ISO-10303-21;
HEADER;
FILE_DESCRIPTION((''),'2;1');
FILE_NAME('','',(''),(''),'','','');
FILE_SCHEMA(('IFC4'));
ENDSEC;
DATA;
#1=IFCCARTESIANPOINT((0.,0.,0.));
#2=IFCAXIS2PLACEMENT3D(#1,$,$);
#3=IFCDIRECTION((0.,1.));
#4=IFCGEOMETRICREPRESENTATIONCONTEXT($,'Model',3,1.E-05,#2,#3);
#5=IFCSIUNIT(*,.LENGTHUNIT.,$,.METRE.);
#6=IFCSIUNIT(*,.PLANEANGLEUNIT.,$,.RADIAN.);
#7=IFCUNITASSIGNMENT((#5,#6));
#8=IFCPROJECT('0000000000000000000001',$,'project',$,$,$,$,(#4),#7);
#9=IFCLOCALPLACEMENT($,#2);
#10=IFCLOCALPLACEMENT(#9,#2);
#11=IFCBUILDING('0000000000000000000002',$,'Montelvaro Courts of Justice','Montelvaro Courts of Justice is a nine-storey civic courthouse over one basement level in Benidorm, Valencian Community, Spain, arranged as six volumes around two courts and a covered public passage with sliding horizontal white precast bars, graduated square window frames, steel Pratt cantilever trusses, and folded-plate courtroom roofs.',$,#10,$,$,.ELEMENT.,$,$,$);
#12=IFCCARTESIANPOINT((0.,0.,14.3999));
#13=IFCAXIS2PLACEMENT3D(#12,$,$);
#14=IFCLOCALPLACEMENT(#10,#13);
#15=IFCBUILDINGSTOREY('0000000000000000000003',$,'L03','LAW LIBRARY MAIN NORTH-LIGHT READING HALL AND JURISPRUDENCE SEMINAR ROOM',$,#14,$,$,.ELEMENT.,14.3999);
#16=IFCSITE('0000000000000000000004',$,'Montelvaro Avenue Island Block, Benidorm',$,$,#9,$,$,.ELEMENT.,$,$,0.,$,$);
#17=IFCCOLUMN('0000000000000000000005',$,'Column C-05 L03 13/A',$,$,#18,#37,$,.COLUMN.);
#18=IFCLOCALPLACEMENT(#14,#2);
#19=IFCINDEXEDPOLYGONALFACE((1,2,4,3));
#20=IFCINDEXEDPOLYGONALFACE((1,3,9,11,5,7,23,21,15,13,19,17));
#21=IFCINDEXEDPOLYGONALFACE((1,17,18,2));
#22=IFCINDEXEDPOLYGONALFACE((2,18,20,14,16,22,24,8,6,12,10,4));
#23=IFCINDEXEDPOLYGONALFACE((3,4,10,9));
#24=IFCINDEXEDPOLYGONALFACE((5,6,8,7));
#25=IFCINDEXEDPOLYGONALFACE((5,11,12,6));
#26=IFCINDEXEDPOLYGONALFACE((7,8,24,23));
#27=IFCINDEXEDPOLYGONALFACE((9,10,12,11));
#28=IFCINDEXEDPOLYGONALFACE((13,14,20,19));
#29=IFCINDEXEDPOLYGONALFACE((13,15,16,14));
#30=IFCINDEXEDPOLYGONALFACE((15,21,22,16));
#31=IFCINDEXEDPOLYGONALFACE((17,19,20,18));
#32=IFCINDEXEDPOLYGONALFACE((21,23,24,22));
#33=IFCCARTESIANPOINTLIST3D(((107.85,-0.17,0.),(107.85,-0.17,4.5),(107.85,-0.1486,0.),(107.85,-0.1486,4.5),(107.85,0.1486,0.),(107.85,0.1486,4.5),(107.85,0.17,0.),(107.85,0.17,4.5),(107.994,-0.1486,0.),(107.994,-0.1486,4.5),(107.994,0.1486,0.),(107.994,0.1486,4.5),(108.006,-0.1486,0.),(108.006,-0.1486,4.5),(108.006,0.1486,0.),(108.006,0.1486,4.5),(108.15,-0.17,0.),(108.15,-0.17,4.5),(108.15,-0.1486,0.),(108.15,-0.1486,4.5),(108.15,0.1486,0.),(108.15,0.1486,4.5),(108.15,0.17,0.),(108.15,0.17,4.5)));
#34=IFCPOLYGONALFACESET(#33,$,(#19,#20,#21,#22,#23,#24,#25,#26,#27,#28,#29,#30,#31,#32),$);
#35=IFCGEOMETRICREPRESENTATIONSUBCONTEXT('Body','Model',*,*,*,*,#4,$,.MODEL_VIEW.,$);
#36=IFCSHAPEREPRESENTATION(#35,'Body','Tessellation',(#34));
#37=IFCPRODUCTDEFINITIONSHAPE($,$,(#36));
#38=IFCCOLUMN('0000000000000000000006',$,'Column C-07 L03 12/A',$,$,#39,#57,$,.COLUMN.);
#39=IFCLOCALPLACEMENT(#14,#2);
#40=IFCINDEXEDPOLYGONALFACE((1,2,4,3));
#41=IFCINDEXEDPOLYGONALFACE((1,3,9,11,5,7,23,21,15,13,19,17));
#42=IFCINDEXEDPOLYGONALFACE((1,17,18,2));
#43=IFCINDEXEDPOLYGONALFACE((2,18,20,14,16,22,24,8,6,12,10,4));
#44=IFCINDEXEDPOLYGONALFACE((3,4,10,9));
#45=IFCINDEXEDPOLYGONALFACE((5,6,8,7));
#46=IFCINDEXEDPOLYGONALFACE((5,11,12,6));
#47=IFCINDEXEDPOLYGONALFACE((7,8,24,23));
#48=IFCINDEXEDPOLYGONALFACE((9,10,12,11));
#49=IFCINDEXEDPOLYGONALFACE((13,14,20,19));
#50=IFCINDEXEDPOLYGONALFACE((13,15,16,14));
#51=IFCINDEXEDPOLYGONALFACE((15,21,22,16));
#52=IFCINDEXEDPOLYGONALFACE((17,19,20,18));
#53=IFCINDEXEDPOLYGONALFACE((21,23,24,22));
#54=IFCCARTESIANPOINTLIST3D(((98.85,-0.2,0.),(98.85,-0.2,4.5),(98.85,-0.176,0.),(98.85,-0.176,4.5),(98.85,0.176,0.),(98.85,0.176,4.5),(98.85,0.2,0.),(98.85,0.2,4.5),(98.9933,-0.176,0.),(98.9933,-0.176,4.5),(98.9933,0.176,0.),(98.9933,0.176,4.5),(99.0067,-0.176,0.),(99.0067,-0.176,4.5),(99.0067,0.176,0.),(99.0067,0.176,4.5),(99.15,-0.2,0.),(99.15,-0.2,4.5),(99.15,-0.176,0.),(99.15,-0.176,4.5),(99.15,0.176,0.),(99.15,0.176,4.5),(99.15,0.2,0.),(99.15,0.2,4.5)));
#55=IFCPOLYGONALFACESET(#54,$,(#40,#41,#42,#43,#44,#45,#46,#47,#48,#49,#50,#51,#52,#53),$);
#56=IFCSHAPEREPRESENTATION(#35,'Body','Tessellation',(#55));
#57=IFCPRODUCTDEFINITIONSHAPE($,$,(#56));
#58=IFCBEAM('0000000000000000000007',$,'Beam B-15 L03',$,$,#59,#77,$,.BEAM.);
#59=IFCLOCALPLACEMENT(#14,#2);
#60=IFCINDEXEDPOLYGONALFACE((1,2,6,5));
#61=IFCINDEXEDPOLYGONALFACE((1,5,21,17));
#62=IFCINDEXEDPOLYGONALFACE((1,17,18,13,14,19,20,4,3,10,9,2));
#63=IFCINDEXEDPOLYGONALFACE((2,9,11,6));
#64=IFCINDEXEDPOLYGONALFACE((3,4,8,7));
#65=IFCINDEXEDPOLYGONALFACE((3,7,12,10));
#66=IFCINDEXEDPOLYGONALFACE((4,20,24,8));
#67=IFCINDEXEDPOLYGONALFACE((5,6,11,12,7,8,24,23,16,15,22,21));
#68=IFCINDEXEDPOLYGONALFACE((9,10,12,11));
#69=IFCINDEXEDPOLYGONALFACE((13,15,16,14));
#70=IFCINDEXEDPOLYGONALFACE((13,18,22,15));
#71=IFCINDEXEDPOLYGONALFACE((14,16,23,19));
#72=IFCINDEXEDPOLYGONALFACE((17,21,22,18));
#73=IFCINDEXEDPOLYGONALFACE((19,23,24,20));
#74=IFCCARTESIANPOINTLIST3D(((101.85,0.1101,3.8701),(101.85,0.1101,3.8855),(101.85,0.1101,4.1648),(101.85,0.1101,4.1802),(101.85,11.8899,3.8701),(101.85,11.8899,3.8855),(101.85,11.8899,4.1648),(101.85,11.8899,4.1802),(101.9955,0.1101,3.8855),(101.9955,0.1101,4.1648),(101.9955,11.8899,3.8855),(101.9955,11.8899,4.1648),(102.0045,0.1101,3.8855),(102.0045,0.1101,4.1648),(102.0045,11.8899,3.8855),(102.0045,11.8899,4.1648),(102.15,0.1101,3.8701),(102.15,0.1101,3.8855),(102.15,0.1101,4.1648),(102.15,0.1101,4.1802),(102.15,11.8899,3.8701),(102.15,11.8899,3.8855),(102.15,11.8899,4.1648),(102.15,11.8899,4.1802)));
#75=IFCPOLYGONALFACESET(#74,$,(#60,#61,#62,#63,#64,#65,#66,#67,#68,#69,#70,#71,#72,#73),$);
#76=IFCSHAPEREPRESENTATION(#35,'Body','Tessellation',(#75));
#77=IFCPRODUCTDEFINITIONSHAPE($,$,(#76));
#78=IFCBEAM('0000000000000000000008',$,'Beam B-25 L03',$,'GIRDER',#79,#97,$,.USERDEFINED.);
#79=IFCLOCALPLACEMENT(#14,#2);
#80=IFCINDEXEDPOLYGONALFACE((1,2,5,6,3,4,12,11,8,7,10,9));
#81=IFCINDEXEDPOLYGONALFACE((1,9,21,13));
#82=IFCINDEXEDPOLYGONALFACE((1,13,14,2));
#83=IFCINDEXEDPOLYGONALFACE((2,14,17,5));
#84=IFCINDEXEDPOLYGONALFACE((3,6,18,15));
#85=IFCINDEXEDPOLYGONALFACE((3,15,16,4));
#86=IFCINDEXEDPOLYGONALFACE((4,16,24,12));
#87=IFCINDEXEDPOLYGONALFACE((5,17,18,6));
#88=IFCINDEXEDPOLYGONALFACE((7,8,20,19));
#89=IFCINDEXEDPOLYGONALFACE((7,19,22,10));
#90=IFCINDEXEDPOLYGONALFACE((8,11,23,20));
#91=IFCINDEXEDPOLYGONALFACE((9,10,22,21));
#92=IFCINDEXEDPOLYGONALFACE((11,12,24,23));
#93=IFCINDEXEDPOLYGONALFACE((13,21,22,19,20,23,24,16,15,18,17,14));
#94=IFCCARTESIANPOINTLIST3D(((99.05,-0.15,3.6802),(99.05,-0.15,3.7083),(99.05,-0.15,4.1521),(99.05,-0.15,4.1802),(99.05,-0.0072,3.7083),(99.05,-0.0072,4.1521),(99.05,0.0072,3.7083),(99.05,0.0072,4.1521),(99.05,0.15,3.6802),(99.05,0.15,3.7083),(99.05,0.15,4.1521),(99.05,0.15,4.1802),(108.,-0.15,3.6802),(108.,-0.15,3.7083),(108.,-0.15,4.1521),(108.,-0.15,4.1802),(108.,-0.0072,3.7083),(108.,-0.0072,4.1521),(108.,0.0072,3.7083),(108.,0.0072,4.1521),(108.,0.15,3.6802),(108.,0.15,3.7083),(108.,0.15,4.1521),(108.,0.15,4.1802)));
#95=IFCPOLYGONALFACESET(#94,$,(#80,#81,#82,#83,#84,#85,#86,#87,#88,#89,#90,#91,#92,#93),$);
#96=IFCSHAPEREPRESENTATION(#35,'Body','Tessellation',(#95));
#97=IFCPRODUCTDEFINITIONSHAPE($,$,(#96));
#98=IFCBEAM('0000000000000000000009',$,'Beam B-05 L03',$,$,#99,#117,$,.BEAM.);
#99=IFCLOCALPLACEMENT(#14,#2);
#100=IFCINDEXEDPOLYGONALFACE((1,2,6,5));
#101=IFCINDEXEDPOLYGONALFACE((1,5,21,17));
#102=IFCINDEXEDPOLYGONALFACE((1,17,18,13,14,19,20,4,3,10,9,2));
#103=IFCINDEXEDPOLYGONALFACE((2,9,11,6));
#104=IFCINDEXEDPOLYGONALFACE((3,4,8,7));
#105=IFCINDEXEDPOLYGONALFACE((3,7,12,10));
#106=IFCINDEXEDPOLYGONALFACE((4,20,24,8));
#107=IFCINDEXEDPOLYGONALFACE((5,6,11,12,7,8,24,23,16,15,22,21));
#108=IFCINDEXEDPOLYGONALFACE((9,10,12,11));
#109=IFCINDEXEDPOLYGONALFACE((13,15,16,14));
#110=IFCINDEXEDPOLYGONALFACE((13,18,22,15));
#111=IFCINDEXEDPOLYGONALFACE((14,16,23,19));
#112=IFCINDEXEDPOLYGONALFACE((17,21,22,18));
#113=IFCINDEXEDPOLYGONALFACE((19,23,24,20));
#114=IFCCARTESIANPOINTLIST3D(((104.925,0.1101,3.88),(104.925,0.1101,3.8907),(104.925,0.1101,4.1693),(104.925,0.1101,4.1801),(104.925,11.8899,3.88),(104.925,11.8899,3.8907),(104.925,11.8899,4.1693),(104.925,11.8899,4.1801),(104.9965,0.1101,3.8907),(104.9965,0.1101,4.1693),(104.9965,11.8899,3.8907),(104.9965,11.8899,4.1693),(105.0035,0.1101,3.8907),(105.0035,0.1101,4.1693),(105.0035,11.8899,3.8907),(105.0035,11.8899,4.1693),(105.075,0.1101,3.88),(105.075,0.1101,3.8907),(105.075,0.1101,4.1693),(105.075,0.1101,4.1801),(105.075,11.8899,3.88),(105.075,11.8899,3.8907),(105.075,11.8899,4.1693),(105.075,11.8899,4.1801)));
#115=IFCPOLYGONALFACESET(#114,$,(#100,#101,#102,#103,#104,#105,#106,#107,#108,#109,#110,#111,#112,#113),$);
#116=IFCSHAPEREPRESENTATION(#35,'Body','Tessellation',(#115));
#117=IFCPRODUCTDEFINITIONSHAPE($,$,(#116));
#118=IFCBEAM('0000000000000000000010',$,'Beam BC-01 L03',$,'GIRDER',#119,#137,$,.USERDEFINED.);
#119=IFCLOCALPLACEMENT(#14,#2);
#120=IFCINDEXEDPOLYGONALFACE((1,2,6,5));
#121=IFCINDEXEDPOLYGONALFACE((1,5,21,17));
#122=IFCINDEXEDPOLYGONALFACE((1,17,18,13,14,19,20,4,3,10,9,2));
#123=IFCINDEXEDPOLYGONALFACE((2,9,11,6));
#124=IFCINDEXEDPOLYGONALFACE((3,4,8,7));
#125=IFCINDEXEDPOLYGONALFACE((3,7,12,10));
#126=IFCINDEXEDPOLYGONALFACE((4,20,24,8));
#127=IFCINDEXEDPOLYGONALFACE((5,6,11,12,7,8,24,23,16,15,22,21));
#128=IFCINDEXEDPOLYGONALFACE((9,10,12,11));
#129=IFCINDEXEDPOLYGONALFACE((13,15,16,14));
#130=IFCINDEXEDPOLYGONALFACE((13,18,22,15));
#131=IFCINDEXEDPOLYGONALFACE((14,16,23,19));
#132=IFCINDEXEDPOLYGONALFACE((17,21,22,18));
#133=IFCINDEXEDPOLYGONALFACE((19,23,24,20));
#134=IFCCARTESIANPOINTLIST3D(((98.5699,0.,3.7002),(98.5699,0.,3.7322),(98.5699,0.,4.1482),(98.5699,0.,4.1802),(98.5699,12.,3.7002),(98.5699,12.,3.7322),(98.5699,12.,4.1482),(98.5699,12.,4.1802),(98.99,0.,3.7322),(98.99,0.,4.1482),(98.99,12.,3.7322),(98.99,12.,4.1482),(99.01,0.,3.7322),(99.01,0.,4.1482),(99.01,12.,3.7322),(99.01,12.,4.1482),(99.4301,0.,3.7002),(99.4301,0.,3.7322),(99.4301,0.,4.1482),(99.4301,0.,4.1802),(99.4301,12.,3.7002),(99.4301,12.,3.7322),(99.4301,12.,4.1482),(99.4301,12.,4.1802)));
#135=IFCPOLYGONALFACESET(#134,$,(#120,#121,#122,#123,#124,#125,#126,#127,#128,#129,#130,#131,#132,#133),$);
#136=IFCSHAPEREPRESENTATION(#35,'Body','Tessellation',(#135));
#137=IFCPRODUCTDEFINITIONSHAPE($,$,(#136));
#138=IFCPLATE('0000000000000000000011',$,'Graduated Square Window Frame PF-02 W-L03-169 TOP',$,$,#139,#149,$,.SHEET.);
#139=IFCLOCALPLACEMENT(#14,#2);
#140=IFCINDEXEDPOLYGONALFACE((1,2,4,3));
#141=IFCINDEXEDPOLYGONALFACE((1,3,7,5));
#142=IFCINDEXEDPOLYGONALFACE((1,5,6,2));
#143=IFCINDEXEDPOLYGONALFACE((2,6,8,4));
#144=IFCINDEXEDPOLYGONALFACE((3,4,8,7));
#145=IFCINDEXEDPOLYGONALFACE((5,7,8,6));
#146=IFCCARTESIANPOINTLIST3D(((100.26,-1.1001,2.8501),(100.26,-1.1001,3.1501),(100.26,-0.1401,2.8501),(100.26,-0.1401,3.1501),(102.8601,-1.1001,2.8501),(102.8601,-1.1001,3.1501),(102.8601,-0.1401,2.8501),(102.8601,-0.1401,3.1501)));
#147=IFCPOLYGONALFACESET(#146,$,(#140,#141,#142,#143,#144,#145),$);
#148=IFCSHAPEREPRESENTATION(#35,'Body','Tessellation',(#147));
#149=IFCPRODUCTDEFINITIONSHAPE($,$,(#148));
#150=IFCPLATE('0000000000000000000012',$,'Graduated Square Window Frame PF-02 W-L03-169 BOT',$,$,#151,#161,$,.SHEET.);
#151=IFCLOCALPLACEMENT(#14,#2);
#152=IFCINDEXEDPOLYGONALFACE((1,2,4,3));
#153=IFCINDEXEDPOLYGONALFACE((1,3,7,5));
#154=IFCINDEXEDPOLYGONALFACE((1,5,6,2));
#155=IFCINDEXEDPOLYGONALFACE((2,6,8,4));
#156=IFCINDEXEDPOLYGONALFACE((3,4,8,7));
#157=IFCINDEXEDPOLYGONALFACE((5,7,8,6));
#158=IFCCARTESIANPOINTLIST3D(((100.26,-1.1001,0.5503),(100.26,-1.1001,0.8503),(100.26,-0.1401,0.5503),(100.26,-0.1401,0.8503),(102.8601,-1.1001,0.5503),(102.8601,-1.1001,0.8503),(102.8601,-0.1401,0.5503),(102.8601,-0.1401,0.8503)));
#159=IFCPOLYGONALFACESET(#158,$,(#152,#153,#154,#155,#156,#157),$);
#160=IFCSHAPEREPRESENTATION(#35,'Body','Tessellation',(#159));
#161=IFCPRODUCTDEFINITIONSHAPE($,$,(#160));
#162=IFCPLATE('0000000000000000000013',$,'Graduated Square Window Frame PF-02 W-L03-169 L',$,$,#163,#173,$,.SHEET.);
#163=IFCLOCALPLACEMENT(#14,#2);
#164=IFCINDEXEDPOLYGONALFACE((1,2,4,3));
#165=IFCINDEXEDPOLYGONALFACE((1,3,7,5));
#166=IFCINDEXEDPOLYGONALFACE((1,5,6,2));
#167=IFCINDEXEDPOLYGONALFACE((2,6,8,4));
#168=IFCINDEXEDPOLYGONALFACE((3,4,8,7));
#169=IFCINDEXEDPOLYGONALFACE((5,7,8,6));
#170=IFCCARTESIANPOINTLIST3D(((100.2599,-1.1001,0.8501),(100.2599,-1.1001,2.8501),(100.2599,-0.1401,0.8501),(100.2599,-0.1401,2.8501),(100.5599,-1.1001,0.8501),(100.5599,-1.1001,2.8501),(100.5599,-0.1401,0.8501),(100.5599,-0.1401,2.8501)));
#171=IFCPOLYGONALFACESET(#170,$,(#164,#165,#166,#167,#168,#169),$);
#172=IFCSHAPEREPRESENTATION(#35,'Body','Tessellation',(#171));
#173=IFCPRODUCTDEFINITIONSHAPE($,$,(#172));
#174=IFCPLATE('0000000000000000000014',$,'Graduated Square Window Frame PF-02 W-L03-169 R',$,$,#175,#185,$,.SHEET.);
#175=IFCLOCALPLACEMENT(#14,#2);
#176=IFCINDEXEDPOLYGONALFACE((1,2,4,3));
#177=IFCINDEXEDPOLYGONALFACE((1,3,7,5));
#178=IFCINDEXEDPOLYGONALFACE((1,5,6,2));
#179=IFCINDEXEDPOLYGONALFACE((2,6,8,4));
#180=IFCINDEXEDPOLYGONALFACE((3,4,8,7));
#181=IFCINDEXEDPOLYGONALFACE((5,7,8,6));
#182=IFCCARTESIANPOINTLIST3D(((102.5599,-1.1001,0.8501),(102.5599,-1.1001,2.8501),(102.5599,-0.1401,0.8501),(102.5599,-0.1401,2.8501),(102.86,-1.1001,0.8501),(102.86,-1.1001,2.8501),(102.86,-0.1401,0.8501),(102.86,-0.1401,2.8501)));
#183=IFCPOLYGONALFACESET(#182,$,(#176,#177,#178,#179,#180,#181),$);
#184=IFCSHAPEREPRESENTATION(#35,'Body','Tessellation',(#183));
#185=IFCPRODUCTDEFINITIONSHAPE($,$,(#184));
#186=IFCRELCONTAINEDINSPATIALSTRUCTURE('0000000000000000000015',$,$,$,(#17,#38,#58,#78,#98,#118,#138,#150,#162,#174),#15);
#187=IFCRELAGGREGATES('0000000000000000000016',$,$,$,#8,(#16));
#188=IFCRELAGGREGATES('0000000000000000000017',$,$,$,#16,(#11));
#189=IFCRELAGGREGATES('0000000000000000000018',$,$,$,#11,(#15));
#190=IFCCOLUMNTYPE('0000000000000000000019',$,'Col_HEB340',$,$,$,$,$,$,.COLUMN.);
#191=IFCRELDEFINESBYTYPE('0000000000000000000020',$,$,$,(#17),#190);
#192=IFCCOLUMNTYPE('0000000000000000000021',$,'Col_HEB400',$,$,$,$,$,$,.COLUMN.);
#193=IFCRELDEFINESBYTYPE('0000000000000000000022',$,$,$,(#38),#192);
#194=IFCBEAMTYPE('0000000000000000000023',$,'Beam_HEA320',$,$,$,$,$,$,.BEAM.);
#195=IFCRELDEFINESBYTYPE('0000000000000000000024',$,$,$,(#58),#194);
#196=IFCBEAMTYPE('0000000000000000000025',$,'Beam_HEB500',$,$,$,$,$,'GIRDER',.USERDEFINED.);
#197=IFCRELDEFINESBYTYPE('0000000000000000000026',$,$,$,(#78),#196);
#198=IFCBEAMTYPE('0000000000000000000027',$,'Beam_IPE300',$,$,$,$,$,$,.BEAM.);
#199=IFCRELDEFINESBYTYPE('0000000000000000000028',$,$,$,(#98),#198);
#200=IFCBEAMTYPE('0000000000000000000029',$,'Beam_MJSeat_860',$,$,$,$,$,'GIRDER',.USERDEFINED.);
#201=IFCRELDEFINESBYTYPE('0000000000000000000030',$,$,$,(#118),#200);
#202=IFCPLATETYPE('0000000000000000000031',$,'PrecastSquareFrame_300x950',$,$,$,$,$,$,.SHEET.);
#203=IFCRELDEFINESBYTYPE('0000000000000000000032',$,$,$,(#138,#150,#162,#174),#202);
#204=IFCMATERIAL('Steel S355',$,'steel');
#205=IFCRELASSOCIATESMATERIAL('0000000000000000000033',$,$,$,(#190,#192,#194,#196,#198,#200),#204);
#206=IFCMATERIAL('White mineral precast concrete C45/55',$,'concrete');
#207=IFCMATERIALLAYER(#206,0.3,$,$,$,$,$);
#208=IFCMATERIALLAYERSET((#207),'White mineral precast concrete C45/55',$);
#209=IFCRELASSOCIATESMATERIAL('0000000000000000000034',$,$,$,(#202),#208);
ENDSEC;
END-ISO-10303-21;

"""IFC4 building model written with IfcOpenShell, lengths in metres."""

from ifc_helpers import new_model, si_unit, direction, frame, origin, origin_2d, place, context, subcontext, project, spatial, rectangle, i_section, extrude, material, layer, layer_set, material_profile, profile_set, type_object, element, save


model = new_model("IFC4")

# Units and contexts
model_context = context("Model", 3, precision=1e-05, world=origin(), true_north=direction((0.0, 1.0)))
body_context = subcontext(model_context, "Body", "Model", "MODEL_VIEW")
ifc_project = project(units=[si_unit("LENGTHUNIT", "METRE"), si_unit("PLANEANGLEUNIT", "RADIAN")], contexts=[model_context])

# Site, building, storey
site_placement = place(None, origin())
site = spatial("IfcSite", under=ifc_project, at=site_placement, Name="Montelvaro Avenue Island Block, Benidorm", CompositionType="ELEMENT", RefElevation=0.0)
building_placement = place(site_placement, origin())
building = spatial("IfcBuilding", under=site, at=building_placement, Name="Montelvaro Courts of Justice", Description="Montelvaro Courts of Justice is a nine-storey civic courthouse over one basement level in Benidorm, Valencian Community, Spain, arranged as six volumes around two courts and a covered public passage with sliding horizontal white precast bars, graduated square window frames, steel Pratt cantilever trusses, and folded-plate courtroom roofs.", CompositionType="ELEMENT")
storey_placement = place(building_placement, frame((0.0, 0.0, 14.3999)))
storey = spatial("IfcBuildingStorey", under=building, at=storey_placement, Name="L03", Description="LAW LIBRARY MAIN NORTH-LIGHT READING HALL AND JURISPRUDENCE SEMINAR ROOM", CompositionType="ELEMENT", Elevation=14.3999)

# Columns
ifc_material_1 = material(Name="Steel S355", Category="steel")
ifc_material_profile_1 = material_profile(ifc_material_1, i_section(OverallWidth=0.3, OverallDepth=0.3401, WebThickness=0.012, FlangeThickness=0.0215, at=origin_2d()), Name="HEB 340")
ifc_profile_set_1 = profile_set([ifc_material_profile_1], Name="Steel S355")
column_type_1 = type_object("IfcColumnType", Name="Col_HEB340", PredefinedType="COLUMN", material=ifc_profile_set_1)
column_1_placement = place(storey_placement, frame((108.0, 0.0, 0.0), z_axis=(0.0, 0.0, 1.0), x_axis=(1.0, 0.0, 0.0)))
element("IfcColumn", 1, at=column_1_placement, inside=storey, type_object=column_type_1, Name="Column C-05 L03 13/A", PredefinedType="COLUMN", context=body_context, shape_type="SweptSolid", body=[
    extrude(i_section(OverallWidth=0.3, OverallDepth=0.3401, WebThickness=0.012, FlangeThickness=0.0215, at=origin_2d()), origin(), (0.0, 0.0, 1.0), 4.5),
])
ifc_material_profile_2 = material_profile(ifc_material_1, i_section(OverallWidth=0.3, OverallDepth=0.3999, WebThickness=0.0134, FlangeThickness=0.0239, at=origin_2d()), Name="HEB 400")
ifc_profile_set_2 = profile_set([ifc_material_profile_2], Name="Steel S355")
column_type_2 = type_object("IfcColumnType", Name="Col_HEB400", PredefinedType="COLUMN", material=ifc_profile_set_2)
column_2_placement = place(storey_placement, frame((99.0, 0.0, 0.0), z_axis=(0.0, 0.0, 1.0), x_axis=(1.0, 0.0, 0.0)))
element("IfcColumn", 2, at=column_2_placement, inside=storey, type_object=column_type_2, Name="Column C-07 L03 12/A", PredefinedType="COLUMN", context=body_context, shape_type="SweptSolid", body=[
    extrude(i_section(OverallWidth=0.3, OverallDepth=0.3999, WebThickness=0.0134, FlangeThickness=0.0239, at=origin_2d()), origin(), (0.0, 0.0, 1.0), 4.5),
])

# Beams
ifc_material_profile_3 = material_profile(ifc_material_1, i_section(OverallWidth=0.3, OverallDepth=0.3101, WebThickness=0.009, FlangeThickness=0.0154, at=origin_2d()), Name="HEA 320")
ifc_profile_set_3 = profile_set([ifc_material_profile_3], Name="Steel S355")
beam_type_1 = type_object("IfcBeamType", Name="Beam_HEA320", PredefinedType="BEAM", material=ifc_profile_set_3)
beam_1_placement = place(storey_placement, frame((102.0, 0.1101, 4.0251), z_axis=(0.0, 1.0, 0.0), x_axis=(-1.0, 0.0, 0.0)))
element("IfcBeam", 3, at=beam_1_placement, inside=storey, type_object=beam_type_1, Name="Beam B-15 L03", PredefinedType="BEAM", context=body_context, shape_type="SweptSolid", body=[
    extrude(i_section(OverallWidth=0.3, OverallDepth=0.3101, WebThickness=0.009, FlangeThickness=0.0154, at=origin_2d()), origin(), (0.0, 0.0, 1.0), 11.7798),
])
ifc_material_profile_4 = material_profile(ifc_material_1, i_section(OverallWidth=0.3, OverallDepth=0.5, WebThickness=0.0144, FlangeThickness=0.0281, at=origin_2d()), Name="HEB 500")
ifc_profile_set_4 = profile_set([ifc_material_profile_4], Name="Steel S355")
beam_type_2 = type_object("IfcBeamType", Name="Beam_HEB500", ElementType="GIRDER", PredefinedType="USERDEFINED", material=ifc_profile_set_4)
beam_2_placement = place(storey_placement, frame((99.05, 0.0, 3.9302), z_axis=(1.0, 0.0, 0.0), x_axis=(0.0, 1.0, 0.0)))
element("IfcBeam", 4, at=beam_2_placement, inside=storey, type_object=beam_type_2, Name="Beam B-25 L03", ObjectType="GIRDER", PredefinedType="USERDEFINED", context=body_context, shape_type="SweptSolid", body=[
    extrude(i_section(OverallWidth=0.3, OverallDepth=0.5, WebThickness=0.0144, FlangeThickness=0.0281, at=origin_2d()), origin(), (0.0, 0.0, 1.0), 8.95),
])
ifc_material_profile_5 = material_profile(ifc_material_1, i_section(OverallWidth=0.1499, OverallDepth=0.3, WebThickness=0.0071, FlangeThickness=0.0107, at=origin_2d()), Name="IPE 300")
ifc_profile_set_5 = profile_set([ifc_material_profile_5], Name="Steel S355")
beam_type_3 = type_object("IfcBeamType", Name="Beam_IPE300", PredefinedType="BEAM", material=ifc_profile_set_5)
beam_3_placement = place(storey_placement, frame((105.0, 0.1101, 4.03), z_axis=(0.0, 1.0, 0.0), x_axis=(-1.0, 0.0, 0.0)))
element("IfcBeam", 5, at=beam_3_placement, inside=storey, type_object=beam_type_3, Name="Beam B-05 L03", PredefinedType="BEAM", context=body_context, shape_type="SweptSolid", body=[
    extrude(i_section(OverallWidth=0.1499, OverallDepth=0.3, WebThickness=0.0071, FlangeThickness=0.0107, at=origin_2d()), origin(), (0.0, 0.0, 1.0), 11.7798),
])
ifc_material_profile_6 = material_profile(ifc_material_1, i_section(OverallWidth=0.8601, OverallDepth=0.48, WebThickness=0.02, FlangeThickness=0.032, at=origin_2d()), Name="HL 480x860")
ifc_profile_set_6 = profile_set([ifc_material_profile_6], Name="Steel S355")
beam_type_4 = type_object("IfcBeamType", Name="Beam_MJSeat_860", ElementType="GIRDER", PredefinedType="USERDEFINED", material=ifc_profile_set_6)
beam_4_placement = place(storey_placement, frame((99.0, 0.0, 3.9402), z_axis=(0.0, 1.0, 0.0), x_axis=(-1.0, 0.0, 0.0)))
element("IfcBeam", 6, at=beam_4_placement, inside=storey, type_object=beam_type_4, Name="Beam BC-01 L03", ObjectType="GIRDER", PredefinedType="USERDEFINED", context=body_context, shape_type="SweptSolid", body=[
    extrude(i_section(OverallWidth=0.8601, OverallDepth=0.48, WebThickness=0.02, FlangeThickness=0.032, at=origin_2d()), origin(), (0.0, 0.0, 1.0), 12.0),
])

# Plates
ifc_material_2 = material(Name="White mineral precast concrete C45/55", Category="concrete")
ifc_layer_1 = layer(ifc_material_2, 0.3)
ifc_layer_set_1 = layer_set([ifc_layer_1], Name="White mineral precast concrete C45/55")
plate_type = type_object("IfcPlateType", Name="PrecastSquareFrame_300x950", PredefinedType="SHEET", material=ifc_layer_set_1)
for number, where, z_axis, x_axis, name in (
    (7, (101.5601, -0.6201, 2.8501), (0.0, 0.0, 1.0), (1.0, 0.0, 0.0), "Graduated Square Window Frame PF-02 W-L03-169 TOP"),
    (8, (101.5601, -0.6201, 0.5503), (0.0, 0.0, 1.0), (1.0, 0.0, 0.0), "Graduated Square Window Frame PF-02 W-L03-169 BOT"),
):
    element("IfcPlate", number, at=place(storey_placement, frame(where, z_axis=z_axis, x_axis=x_axis)), inside=storey, type_object=plate_type, Name=name, PredefinedType="SHEET", context=body_context, shape_type="SweptSolid", body=[
        extrude(rectangle(XDim=2.6001, YDim=0.96, at=origin_2d()), origin(), (0.0, 0.0, 1.0), 0.3),
    ])
for number, where, z_axis, x_axis, name in (
    (9, (100.4099, -0.6201, 0.8501), (0.0, 0.0, 1.0), (1.0, 0.0, 0.0), "Graduated Square Window Frame PF-02 W-L03-169 L"),
    (10, (102.71, -0.6201, 0.8501), (0.0, 0.0, 1.0), (1.0, 0.0, 0.0), "Graduated Square Window Frame PF-02 W-L03-169 R"),
):
    element("IfcPlate", number, at=place(storey_placement, frame(where, z_axis=z_axis, x_axis=x_axis)), inside=storey, type_object=plate_type, Name=name, PredefinedType="SHEET", context=body_context, shape_type="SweptSolid", body=[
        extrude(rectangle(XDim=0.3, YDim=0.96, at=origin_2d()), origin(), (0.0, 0.0, 1.0), 2.0),
    ])

save(model, "model.ifc")
